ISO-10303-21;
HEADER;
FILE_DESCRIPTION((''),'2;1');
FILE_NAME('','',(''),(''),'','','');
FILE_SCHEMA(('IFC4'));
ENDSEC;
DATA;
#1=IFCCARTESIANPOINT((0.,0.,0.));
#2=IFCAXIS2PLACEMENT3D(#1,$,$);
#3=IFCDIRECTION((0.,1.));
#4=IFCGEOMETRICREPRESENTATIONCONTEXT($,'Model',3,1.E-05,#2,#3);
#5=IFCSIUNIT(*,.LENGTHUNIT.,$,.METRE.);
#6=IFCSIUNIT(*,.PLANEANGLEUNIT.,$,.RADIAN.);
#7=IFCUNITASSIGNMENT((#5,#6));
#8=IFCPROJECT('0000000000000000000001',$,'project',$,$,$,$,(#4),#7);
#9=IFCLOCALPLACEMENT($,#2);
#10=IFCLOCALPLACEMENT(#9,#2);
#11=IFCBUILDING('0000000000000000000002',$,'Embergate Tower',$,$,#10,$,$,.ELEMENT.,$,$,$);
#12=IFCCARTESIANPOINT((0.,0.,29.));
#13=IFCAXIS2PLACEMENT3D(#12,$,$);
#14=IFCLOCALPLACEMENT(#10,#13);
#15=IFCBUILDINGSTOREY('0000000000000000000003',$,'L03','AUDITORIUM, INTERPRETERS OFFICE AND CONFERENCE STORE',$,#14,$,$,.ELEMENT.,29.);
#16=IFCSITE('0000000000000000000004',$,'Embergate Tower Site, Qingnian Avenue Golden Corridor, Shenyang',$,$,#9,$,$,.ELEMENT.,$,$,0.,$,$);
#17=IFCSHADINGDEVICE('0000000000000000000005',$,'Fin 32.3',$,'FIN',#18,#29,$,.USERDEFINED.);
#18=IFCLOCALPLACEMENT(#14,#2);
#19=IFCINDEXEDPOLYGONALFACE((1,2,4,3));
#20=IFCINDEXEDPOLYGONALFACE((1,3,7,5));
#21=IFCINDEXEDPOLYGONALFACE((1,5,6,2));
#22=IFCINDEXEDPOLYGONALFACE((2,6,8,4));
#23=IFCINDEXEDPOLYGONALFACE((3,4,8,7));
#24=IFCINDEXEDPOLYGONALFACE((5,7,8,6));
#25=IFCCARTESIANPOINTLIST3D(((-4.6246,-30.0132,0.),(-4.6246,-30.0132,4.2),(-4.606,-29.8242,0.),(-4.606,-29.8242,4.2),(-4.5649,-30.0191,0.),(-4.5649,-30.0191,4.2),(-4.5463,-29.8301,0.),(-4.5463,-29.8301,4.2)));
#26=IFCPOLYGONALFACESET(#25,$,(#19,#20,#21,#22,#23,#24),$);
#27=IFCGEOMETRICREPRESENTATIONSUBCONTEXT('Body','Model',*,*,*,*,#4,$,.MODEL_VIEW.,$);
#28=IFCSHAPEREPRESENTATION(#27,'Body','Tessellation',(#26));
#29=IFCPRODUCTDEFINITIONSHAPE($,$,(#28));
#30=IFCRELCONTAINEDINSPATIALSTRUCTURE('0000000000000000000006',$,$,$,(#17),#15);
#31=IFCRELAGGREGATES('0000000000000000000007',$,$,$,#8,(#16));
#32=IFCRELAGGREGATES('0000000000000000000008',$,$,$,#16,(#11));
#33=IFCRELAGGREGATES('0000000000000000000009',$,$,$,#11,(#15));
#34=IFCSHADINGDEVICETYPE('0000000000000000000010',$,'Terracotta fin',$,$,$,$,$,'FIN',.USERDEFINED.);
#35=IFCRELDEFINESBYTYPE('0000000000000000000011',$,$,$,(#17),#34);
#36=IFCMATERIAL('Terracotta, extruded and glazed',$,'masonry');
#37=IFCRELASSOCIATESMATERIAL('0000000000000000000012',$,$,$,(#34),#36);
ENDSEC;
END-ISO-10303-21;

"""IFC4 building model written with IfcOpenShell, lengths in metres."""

from ifc_helpers import new_model, si_unit, direction, frame, origin, origin_2d, place, context, subcontext, project, spatial, rectangle, extrude, source, transform, mapped, material, material_profile, profile_set, type_object, element, save


model = new_model("IFC4")

# Units and contexts
model_context = context("Model", 3, precision=1e-05, world=origin(), true_north=direction((0.0, 1.0)))
body_context = subcontext(model_context, "Body", "Model", "MODEL_VIEW")
ifc_project = project(units=[si_unit("LENGTHUNIT", "METRE"), si_unit("PLANEANGLEUNIT", "RADIAN")], contexts=[model_context])

# Site, building, storey
site_placement = place(None, origin())
site = spatial("IfcSite", under=ifc_project, at=site_placement, Name="Embergate Tower Site, Qingnian Avenue Golden Corridor, Shenyang", CompositionType="ELEMENT", RefElevation=0.0)
building_placement = place(site_placement, origin())
building = spatial("IfcBuilding", under=site, at=building_placement, Name="Embergate Tower", CompositionType="ELEMENT")
storey_placement = place(building_placement, frame((0.0, 0.0, 29.0)))
storey = spatial("IfcBuildingStorey", under=building, at=storey_placement, Name="L03", Description="AUDITORIUM, INTERPRETERS OFFICE AND CONFERENCE STORE", CompositionType="ELEMENT", Elevation=29.0)

# Shading device
ifc_material_1 = material(Name="Terracotta, extruded and glazed", Category="masonry")
ifc_material_profile_1 = material_profile(ifc_material_1, rectangle(XDim=0.1899, YDim=0.0601, at=origin_2d()), Name="TC 190x60")
ifc_profile_set_1 = profile_set([ifc_material_profile_1], Name="Terracotta, extruded and glazed")
shading_device_type = type_object("IfcShadingDeviceType", Name="Terracotta fin", ElementType="FIN", PredefinedType="USERDEFINED", material=ifc_profile_set_1)
shared_shape_1 = source(origin(), body_context, "Body", "SweptSolid", [
    extrude(rectangle(XDim=0.1899, YDim=0.0601, at=origin_2d()), origin(), (0.0, 0.0, 1.0), 4.2),
])
for number, where, z_axis, x_axis, name in (
    (1, (-4.5854, -29.9216, 0.0), (0.0, 0.0, 1.0), (0.097831, 0.995203, 0.0), "Fin 32.3"),
):
    element("IfcShadingDevice", number, at=place(storey_placement, frame(where, z_axis=z_axis, x_axis=x_axis)), inside=storey, type_object=shading_device_type, Name=name, ObjectType="FIN", PredefinedType="USERDEFINED", context=body_context, shape_type="MappedRepresentation", body=[
        mapped(shared_shape_1, transform((0.0, 0.0, 0.0))),
    ])

save(model, "model.ifc")
